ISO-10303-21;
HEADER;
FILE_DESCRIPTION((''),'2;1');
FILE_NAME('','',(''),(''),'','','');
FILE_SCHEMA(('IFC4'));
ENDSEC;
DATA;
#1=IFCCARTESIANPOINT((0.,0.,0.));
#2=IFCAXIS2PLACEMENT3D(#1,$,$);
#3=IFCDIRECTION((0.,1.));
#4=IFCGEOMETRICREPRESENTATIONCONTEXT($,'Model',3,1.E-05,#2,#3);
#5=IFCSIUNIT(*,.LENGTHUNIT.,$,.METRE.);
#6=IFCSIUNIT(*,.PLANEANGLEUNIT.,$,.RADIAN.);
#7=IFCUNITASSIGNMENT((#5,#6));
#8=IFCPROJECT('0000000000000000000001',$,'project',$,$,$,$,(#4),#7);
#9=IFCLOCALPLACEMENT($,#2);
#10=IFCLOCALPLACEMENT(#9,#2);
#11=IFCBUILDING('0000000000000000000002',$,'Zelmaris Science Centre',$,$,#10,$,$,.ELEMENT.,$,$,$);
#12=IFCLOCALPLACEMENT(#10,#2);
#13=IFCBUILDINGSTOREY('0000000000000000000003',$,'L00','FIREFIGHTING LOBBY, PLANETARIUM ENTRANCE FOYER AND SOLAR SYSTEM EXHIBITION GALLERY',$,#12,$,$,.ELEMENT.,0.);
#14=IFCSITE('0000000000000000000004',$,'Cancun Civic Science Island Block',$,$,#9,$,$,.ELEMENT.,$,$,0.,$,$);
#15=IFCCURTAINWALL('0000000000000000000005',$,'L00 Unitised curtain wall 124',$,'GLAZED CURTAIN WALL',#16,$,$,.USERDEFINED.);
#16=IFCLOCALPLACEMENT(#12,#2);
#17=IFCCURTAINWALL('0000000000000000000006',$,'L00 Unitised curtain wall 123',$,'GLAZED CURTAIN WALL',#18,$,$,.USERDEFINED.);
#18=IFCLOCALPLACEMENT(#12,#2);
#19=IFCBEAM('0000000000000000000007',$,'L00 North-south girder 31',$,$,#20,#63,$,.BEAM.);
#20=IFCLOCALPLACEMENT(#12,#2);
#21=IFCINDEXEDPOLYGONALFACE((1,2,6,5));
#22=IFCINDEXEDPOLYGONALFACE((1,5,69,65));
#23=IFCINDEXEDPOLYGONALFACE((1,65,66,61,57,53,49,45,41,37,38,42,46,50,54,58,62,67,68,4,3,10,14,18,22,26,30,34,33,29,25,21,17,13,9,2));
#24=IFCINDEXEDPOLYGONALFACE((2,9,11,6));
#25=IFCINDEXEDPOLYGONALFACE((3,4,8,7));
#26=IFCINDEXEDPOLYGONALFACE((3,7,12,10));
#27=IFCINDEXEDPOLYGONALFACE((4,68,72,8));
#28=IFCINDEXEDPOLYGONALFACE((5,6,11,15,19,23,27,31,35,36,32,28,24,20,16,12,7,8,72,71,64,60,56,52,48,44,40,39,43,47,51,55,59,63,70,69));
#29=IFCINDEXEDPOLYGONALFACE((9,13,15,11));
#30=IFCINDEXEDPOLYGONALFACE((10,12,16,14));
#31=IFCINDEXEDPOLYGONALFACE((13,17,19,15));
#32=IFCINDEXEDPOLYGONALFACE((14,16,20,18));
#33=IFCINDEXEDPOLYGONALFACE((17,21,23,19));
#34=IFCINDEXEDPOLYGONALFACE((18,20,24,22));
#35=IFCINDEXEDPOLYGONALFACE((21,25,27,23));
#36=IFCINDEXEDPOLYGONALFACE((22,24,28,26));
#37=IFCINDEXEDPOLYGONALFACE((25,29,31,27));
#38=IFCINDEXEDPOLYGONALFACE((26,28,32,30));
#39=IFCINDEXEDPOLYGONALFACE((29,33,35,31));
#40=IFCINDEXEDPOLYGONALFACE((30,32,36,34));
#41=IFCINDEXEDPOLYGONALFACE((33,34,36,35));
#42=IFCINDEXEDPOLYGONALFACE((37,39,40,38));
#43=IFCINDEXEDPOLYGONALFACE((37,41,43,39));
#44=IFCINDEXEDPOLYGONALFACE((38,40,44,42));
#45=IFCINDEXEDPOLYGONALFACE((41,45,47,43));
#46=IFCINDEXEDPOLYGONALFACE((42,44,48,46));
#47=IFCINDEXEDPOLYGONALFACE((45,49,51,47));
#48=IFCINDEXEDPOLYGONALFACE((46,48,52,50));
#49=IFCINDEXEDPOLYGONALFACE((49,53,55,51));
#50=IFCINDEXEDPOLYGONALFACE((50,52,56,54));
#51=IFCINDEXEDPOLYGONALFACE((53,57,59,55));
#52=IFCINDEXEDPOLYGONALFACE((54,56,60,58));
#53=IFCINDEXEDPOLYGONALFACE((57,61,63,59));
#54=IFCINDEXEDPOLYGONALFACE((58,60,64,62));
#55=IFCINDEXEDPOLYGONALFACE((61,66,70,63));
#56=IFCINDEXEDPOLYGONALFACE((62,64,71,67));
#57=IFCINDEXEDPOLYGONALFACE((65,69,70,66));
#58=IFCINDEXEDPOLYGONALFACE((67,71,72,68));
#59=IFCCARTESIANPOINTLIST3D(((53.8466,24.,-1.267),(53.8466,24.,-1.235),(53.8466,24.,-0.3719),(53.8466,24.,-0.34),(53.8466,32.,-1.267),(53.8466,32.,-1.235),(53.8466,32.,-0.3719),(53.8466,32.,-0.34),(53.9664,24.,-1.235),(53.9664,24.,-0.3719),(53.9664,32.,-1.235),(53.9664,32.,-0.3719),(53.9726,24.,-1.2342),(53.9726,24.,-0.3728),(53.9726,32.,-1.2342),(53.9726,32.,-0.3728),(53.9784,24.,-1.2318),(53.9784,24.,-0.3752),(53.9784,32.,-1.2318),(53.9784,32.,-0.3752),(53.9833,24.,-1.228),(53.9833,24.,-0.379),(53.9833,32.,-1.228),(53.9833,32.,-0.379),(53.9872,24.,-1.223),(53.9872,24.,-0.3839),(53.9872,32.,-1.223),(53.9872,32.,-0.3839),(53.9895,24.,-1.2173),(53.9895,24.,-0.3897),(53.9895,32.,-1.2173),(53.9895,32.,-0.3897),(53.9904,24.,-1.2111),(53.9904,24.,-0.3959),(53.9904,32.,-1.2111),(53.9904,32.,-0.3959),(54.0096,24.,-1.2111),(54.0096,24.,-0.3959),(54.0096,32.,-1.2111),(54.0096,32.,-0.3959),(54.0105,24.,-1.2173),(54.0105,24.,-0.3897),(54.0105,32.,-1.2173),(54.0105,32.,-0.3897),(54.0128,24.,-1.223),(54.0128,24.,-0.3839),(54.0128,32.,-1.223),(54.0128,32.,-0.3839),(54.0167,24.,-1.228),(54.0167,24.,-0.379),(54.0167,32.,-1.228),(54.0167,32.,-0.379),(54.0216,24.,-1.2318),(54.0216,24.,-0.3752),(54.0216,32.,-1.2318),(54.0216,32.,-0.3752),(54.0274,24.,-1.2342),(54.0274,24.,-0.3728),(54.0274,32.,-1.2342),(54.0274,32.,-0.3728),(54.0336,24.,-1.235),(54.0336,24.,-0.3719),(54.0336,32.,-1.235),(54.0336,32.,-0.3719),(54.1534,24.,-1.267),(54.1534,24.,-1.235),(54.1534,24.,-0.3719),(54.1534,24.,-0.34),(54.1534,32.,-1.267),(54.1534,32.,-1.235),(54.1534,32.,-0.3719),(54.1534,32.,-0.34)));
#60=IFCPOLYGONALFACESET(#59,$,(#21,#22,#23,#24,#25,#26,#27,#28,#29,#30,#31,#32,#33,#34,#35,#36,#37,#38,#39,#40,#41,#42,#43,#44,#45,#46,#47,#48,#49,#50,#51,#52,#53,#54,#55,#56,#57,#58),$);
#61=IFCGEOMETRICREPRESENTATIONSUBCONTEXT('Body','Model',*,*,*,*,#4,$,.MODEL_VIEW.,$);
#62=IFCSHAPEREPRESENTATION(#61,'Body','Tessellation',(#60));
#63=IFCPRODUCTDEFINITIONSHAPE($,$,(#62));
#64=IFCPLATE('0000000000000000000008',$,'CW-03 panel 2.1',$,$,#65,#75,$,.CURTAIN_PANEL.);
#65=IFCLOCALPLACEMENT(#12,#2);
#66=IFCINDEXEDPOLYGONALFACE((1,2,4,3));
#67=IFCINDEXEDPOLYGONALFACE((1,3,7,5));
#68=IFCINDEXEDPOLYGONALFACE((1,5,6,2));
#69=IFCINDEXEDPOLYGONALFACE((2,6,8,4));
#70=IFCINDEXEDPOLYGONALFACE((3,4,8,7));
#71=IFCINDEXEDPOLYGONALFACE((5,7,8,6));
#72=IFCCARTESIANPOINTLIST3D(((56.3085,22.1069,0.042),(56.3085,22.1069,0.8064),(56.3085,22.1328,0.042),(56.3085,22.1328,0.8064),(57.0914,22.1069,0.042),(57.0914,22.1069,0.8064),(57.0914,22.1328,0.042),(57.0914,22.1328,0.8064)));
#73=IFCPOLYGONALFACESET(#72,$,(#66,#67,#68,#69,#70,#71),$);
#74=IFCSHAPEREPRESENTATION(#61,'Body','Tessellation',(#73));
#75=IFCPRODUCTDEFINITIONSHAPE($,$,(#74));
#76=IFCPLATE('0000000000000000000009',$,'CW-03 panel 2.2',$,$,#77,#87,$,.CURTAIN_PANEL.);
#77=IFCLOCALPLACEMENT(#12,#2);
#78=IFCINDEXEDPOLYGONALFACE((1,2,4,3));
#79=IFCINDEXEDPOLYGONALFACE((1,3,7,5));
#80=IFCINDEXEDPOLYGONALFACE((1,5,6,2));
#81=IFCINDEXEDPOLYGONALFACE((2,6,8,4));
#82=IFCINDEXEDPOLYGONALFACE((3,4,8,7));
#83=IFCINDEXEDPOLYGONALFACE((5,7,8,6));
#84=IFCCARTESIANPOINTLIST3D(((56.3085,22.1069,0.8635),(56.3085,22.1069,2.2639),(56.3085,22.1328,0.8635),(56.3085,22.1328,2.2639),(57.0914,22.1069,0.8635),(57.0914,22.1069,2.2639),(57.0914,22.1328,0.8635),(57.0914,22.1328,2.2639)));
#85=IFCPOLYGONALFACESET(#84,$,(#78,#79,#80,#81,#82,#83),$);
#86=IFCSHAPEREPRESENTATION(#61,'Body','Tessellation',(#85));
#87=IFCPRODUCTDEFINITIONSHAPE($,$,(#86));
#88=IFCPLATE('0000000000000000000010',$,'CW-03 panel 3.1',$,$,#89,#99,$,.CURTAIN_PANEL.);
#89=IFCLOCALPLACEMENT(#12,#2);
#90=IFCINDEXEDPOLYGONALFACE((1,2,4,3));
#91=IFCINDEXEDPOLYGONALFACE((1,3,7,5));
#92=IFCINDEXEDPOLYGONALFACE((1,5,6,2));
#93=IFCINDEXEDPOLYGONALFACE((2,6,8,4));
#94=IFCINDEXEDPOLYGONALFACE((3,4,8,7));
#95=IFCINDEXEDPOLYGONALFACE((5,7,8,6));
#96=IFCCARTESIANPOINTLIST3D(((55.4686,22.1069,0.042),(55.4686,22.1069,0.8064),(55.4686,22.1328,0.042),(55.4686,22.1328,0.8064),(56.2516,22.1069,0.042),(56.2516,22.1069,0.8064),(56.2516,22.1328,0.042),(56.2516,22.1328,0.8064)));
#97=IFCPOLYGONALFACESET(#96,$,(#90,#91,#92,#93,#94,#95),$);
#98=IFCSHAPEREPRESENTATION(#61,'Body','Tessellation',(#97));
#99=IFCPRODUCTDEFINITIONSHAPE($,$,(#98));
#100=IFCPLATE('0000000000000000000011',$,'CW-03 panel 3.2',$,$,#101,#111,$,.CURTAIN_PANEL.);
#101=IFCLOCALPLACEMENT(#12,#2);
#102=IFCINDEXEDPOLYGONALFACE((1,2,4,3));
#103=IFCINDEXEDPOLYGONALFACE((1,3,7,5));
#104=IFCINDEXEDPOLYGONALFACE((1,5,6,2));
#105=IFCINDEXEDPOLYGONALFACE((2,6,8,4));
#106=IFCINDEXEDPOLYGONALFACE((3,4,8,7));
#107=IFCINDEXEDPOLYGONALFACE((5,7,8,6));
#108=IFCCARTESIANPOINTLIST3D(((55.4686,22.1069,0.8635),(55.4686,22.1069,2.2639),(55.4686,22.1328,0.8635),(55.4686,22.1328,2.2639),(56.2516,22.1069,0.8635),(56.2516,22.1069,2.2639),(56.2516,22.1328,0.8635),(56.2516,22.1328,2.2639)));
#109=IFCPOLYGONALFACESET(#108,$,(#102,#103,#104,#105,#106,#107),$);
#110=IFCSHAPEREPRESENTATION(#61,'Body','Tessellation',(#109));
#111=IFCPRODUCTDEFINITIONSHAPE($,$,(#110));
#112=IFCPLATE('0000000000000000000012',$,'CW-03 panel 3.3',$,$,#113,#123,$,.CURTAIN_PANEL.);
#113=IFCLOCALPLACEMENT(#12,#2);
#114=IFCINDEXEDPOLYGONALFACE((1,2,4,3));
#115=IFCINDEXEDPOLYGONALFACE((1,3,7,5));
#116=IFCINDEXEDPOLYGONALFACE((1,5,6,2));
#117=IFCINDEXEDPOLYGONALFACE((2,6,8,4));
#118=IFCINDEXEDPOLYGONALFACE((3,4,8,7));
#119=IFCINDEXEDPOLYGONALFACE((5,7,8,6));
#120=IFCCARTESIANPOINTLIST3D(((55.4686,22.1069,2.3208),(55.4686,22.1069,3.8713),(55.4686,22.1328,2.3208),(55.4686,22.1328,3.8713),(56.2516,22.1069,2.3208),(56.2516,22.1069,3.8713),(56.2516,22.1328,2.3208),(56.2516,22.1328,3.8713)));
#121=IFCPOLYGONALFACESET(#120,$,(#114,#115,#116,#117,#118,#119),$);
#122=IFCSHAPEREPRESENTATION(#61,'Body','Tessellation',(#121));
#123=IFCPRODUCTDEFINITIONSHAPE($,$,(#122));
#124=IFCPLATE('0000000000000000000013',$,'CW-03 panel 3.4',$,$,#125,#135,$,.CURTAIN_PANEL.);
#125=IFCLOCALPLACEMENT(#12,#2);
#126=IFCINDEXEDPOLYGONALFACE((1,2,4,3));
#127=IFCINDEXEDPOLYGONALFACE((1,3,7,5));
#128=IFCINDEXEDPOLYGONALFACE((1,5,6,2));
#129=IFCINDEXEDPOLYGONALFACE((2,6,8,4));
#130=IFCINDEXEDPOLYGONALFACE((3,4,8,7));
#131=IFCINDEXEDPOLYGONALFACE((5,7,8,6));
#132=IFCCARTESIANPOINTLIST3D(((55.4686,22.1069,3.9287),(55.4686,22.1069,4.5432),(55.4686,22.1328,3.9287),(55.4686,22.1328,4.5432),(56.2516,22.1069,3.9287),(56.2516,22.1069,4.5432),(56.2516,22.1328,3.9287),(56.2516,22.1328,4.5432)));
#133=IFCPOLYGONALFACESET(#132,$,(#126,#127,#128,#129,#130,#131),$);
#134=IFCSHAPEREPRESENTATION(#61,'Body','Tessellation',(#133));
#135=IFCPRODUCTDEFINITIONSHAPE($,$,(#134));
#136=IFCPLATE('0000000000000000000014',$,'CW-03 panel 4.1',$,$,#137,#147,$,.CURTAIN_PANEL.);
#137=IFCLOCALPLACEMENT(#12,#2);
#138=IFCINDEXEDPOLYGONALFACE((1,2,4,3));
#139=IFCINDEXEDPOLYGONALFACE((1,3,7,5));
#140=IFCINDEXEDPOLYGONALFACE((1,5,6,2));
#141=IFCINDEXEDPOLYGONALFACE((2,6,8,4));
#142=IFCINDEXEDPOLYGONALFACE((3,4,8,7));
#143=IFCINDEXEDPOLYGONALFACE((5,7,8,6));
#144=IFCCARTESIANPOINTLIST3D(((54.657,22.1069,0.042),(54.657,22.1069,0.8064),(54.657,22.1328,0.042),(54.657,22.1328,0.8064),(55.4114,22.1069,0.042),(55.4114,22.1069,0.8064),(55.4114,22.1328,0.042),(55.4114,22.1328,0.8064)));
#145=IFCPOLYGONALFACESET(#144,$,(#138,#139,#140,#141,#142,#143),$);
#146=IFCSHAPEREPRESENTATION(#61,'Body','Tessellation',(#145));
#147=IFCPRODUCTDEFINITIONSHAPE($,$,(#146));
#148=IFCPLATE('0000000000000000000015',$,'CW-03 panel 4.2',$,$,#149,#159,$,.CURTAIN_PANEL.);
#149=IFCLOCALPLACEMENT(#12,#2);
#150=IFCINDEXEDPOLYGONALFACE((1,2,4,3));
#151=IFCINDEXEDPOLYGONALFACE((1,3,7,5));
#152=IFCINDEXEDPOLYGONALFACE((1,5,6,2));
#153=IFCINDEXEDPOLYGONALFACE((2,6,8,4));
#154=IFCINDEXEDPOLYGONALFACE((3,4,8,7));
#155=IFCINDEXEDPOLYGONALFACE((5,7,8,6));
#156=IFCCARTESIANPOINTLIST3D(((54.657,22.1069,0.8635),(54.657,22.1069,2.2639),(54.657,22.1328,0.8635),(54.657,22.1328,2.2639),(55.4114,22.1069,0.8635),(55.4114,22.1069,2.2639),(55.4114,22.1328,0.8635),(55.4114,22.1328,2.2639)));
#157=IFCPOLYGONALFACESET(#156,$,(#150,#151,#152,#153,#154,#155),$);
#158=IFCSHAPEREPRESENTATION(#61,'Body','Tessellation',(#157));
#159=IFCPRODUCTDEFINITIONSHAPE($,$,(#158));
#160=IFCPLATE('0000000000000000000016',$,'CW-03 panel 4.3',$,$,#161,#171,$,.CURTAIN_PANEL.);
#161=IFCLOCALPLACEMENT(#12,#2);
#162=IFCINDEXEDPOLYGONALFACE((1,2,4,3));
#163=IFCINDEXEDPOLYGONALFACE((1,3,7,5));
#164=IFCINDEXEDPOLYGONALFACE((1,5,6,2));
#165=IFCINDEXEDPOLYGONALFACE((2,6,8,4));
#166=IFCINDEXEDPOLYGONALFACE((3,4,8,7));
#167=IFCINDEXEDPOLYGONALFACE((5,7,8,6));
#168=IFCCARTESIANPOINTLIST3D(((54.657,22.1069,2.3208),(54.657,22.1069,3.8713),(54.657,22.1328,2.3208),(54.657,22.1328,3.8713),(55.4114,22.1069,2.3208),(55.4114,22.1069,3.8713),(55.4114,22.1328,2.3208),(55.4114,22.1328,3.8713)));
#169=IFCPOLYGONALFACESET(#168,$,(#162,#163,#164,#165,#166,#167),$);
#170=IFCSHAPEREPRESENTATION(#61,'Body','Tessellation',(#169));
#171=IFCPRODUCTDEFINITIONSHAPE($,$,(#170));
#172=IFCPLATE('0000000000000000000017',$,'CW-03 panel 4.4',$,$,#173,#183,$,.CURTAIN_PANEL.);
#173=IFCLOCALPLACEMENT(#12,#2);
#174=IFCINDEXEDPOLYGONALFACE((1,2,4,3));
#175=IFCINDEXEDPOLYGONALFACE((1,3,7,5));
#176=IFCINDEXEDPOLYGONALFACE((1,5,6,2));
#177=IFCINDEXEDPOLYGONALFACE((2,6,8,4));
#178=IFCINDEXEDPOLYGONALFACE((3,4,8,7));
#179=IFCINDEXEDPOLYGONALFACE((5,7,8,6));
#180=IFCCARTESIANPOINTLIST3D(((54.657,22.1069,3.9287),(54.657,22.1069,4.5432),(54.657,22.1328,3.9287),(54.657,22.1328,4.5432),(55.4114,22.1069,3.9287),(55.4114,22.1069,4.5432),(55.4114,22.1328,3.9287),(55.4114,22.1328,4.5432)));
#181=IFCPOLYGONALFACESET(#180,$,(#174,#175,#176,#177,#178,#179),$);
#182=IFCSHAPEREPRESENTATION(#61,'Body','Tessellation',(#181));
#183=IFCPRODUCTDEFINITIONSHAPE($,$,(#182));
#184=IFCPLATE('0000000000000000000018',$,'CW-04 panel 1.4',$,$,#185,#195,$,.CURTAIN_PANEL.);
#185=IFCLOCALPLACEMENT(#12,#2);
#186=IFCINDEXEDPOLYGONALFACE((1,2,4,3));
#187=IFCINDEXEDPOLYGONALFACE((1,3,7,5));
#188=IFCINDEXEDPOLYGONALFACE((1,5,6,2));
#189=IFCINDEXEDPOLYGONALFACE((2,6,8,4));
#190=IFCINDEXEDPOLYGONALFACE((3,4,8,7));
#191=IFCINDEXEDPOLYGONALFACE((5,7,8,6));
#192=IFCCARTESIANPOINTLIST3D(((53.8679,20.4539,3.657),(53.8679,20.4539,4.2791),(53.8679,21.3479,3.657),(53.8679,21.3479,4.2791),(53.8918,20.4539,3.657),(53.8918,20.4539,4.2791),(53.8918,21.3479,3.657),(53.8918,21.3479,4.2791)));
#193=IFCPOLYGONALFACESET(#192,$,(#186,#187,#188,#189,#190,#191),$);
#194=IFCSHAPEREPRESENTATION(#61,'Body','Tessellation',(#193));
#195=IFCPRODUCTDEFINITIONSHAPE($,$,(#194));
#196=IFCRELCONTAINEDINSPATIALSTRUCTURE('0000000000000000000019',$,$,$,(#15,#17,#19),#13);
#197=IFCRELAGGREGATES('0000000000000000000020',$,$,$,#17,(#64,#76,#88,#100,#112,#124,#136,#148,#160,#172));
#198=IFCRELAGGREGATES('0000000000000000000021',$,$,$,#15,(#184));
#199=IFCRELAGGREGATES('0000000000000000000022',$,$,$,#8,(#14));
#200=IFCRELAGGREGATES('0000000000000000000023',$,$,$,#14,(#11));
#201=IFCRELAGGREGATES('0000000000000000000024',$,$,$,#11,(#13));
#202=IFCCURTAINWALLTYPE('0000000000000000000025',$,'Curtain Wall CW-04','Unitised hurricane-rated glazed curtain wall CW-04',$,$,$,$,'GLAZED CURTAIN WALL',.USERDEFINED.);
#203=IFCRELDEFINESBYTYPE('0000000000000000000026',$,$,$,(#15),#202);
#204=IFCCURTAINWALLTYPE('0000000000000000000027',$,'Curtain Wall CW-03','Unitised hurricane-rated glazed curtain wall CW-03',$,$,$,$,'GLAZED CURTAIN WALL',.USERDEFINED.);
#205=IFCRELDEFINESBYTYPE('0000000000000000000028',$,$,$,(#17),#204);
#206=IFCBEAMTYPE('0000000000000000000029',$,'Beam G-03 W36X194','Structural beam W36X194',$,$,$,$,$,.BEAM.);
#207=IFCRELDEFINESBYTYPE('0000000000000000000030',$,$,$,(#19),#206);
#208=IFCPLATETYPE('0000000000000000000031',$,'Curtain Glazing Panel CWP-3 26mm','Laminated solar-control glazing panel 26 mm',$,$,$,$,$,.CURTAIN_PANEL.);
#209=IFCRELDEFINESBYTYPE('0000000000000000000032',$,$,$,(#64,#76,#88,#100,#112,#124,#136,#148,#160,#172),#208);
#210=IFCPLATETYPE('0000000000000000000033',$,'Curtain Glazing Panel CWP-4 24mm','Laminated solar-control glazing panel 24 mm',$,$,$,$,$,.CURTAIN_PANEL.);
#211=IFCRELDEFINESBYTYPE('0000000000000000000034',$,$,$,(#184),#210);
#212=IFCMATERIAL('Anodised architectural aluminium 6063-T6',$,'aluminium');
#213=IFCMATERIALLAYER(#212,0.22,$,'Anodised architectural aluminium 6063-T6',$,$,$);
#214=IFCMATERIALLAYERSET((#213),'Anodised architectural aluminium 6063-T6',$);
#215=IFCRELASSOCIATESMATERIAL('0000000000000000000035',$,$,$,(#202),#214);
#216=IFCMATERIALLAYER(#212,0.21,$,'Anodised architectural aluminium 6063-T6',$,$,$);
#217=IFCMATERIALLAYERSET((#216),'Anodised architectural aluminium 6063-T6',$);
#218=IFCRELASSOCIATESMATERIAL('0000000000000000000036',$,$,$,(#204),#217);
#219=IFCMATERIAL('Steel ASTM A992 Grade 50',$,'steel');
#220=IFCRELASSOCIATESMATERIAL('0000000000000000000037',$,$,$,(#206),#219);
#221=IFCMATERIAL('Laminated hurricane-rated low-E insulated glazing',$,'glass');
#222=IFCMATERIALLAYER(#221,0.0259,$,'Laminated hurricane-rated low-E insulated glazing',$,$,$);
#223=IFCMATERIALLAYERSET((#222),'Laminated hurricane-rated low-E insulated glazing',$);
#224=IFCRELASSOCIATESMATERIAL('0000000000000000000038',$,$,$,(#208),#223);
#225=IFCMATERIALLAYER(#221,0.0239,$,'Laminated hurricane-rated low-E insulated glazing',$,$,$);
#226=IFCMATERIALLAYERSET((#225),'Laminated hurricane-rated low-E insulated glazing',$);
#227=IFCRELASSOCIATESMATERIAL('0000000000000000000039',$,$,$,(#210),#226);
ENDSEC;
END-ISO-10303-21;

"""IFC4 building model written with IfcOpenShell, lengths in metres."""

from ifc_helpers import new_model, si_unit, direction, frame, origin, origin_2d, place, context, subcontext, project, spatial, rectangle, i_section, extrude, material, layer, layer_set, material_profile, profile_set, type_object, element, aggregate, save


model = new_model("IFC4")

# Units and contexts
model_context = context("Model", 3, precision=1e-05, world=origin(), true_north=direction((0.0, 1.0)))
body_context = subcontext(model_context, "Body", "Model", "MODEL_VIEW")
ifc_project = project(units=[si_unit("LENGTHUNIT", "METRE"), si_unit("PLANEANGLEUNIT", "RADIAN")], contexts=[model_context])

# Site, building, storey
site_placement = place(None, origin())
site = spatial("IfcSite", under=ifc_project, at=site_placement, Name="Cancun Civic Science Island Block", CompositionType="ELEMENT", RefElevation=0.0)
building_placement = place(site_placement, origin())
building = spatial("IfcBuilding", under=site, at=building_placement, Name="Zelmaris Science Centre", CompositionType="ELEMENT")
storey_placement = place(building_placement, origin())
storey = spatial("IfcBuildingStorey", under=building, at=storey_placement, Name="L00", Description="FIREFIGHTING LOBBY, PLANETARIUM ENTRANCE FOYER AND SOLAR SYSTEM EXHIBITION GALLERY", CompositionType="ELEMENT", Elevation=0.0)

# Shared definitions
ifc_material_1 = material(Name="Steel ASTM A992 Grade 50", Category="steel")

# Curtain wall
ifc_material_2 = material(Name="Anodised architectural aluminium 6063-T6", Category="aluminium")
ifc_layer_1 = layer(ifc_material_2, 0.22, Name="Anodised architectural aluminium 6063-T6")
ifc_layer_set_1 = layer_set([ifc_layer_1], Name="Anodised architectural aluminium 6063-T6")
curtain_wall_type_1 = type_object("IfcCurtainWallType", Name="Curtain Wall CW-04", Description="Unitised hurricane-rated glazed curtain wall CW-04", ElementType="GLAZED CURTAIN WALL", PredefinedType="USERDEFINED", material=ifc_layer_set_1)
curtain_wall_1_placement = place(storey_placement, origin())
curtain_wall_1 = element("IfcCurtainWall", 1, at=curtain_wall_1_placement, inside=storey, type_object=curtain_wall_type_1, Name="L00 Unitised curtain wall 124", ObjectType="GLAZED CURTAIN WALL", PredefinedType="USERDEFINED")

# Curtain wall
ifc_layer_2 = layer(ifc_material_2, 0.21, Name="Anodised architectural aluminium 6063-T6")
ifc_layer_set_2 = layer_set([ifc_layer_2], Name="Anodised architectural aluminium 6063-T6")
curtain_wall_type_2 = type_object("IfcCurtainWallType", Name="Curtain Wall CW-03", Description="Unitised hurricane-rated glazed curtain wall CW-03", ElementType="GLAZED CURTAIN WALL", PredefinedType="USERDEFINED", material=ifc_layer_set_2)
curtain_wall_2_placement = place(storey_placement, origin())
curtain_wall_2 = element("IfcCurtainWall", 2, at=curtain_wall_2_placement, inside=storey, type_object=curtain_wall_type_2, Name="L00 Unitised curtain wall 123", ObjectType="GLAZED CURTAIN WALL", PredefinedType="USERDEFINED")

# Beam
ifc_material_profile_1 = material_profile(ifc_material_1, i_section(OverallWidth=0.3069, OverallDepth=0.927, WebThickness=0.0193, FlangeThickness=0.032, FilletRadius=0.0239, at=origin_2d()), Name="W36X194")
ifc_profile_set_1 = profile_set([ifc_material_profile_1], Name="Steel ASTM A992 Grade 50")
beam_type = type_object("IfcBeamType", Name="Beam G-03 W36X194", Description="Structural beam W36X194", PredefinedType="BEAM", material=ifc_profile_set_1)
beam_placement = place(storey_placement, frame((54.0, 24.0, -0.8035), z_axis=(0.0, 1.0, 0.0), x_axis=(-1.0, 0.0, 0.0)))
element("IfcBeam", 3, at=beam_placement, inside=storey, type_object=beam_type, Name="L00 North-south girder 31", PredefinedType="BEAM", context=body_context, shape_type="SweptSolid", body=[
    extrude(i_section(OverallWidth=0.3069, OverallDepth=0.927, WebThickness=0.0193, FlangeThickness=0.032, FilletRadius=0.0239, at=origin_2d()), origin(), (0.0, 0.0, 1.0), 8.0),
])

# Plates
ifc_material_3 = material(Name="Laminated hurricane-rated low-E insulated glazing", Category="glass")
ifc_layer_3 = layer(ifc_material_3, 0.0259, Name="Laminated hurricane-rated low-E insulated glazing")
ifc_layer_set_3 = layer_set([ifc_layer_3], Name="Laminated hurricane-rated low-E insulated glazing")
plate_type_1 = type_object("IfcPlateType", Name="Curtain Glazing Panel CWP-3 26mm", Description="Laminated solar-control glazing panel 26 mm", PredefinedType="CURTAIN_PANEL", material=ifc_layer_set_3)
plate_1_placement = place(storey_placement, frame((56.7, 22.1199, 0.042), z_axis=(0.0, 0.0, 1.0), x_axis=(-1.0, 0.00003, 0.0)))
plate_1 = element("IfcPlate", 4, at=plate_1_placement, type_object=plate_type_1, Name="CW-03 panel 2.1", PredefinedType="CURTAIN_PANEL", context=body_context, shape_type="SweptSolid", body=[
    extrude(rectangle(XDim=0.783, YDim=0.0259, at=origin_2d()), origin(), (0.0, 0.0, 1.0), 0.7644),
])
plate_2_placement = place(storey_placement, frame((56.7, 22.1199, 0.8635), z_axis=(0.0, 0.0, 1.0), x_axis=(-1.0, 0.00003, 0.0)))
plate_2 = element("IfcPlate", 5, at=plate_2_placement, type_object=plate_type_1, Name="CW-03 panel 2.2", PredefinedType="CURTAIN_PANEL", context=body_context, shape_type="SweptSolid", body=[
    extrude(rectangle(XDim=0.783, YDim=0.0259, at=origin_2d()), origin(), (0.0, 0.0, 1.0), 1.4004),
])
plate_3_placement = place(storey_placement, frame((55.8601, 22.1199, 0.042), z_axis=(0.0, 0.0, 1.0), x_axis=(-1.0, 0.00003, 0.0)))
plate_3 = element("IfcPlate", 6, at=plate_3_placement, type_object=plate_type_1, Name="CW-03 panel 3.1", PredefinedType="CURTAIN_PANEL", context=body_context, shape_type="SweptSolid", body=[
    extrude(rectangle(XDim=0.783, YDim=0.0259, at=origin_2d()), origin(), (0.0, 0.0, 1.0), 0.7644),
])
plate_4_placement = place(storey_placement, frame((55.8601, 22.1199, 0.8635), z_axis=(0.0, 0.0, 1.0), x_axis=(-1.0, 0.00003, 0.0)))
plate_4 = element("IfcPlate", 7, at=plate_4_placement, type_object=plate_type_1, Name="CW-03 panel 3.2", PredefinedType="CURTAIN_PANEL", context=body_context, shape_type="SweptSolid", body=[
    extrude(rectangle(XDim=0.783, YDim=0.0259, at=origin_2d()), origin(), (0.0, 0.0, 1.0), 1.4004),
])
plate_5_placement = place(storey_placement, frame((55.8601, 22.1199, 2.3208), z_axis=(0.0, 0.0, 1.0), x_axis=(-1.0, 0.00003, 0.0)))
plate_5 = element("IfcPlate", 8, at=plate_5_placement, type_object=plate_type_1, Name="CW-03 panel 3.3", PredefinedType="CURTAIN_PANEL", context=body_context, shape_type="SweptSolid", body=[
    extrude(rectangle(XDim=0.783, YDim=0.0259, at=origin_2d()), origin(), (0.0, 0.0, 1.0), 1.5505),
])
plate_6_placement = place(storey_placement, frame((55.8601, 22.1199, 3.9287), z_axis=(0.0, 0.0, 1.0), x_axis=(-1.0, 0.00003, 0.0)))
plate_6 = element("IfcPlate", 9, at=plate_6_placement, type_object=plate_type_1, Name="CW-03 panel 3.4", PredefinedType="CURTAIN_PANEL", context=body_context, shape_type="SweptSolid", body=[
    extrude(rectangle(XDim=0.783, YDim=0.0259, at=origin_2d()), origin(), (0.0, 0.0, 1.0), 0.6145),
])
plate_7_placement = place(storey_placement, frame((55.0342, 22.1199, 0.042), z_axis=(0.0, 0.0, 1.0), x_axis=(-1.0, 0.00003, 0.0)))
plate_7 = element("IfcPlate", 10, at=plate_7_placement, type_object=plate_type_1, Name="CW-03 panel 4.1", PredefinedType="CURTAIN_PANEL", context=body_context, shape_type="SweptSolid", body=[
    extrude(rectangle(XDim=0.7544, YDim=0.0259, at=origin_2d()), origin(), (0.0, 0.0, 1.0), 0.7644),
])
plate_8_placement = place(storey_placement, frame((55.0342, 22.1199, 0.8635), z_axis=(0.0, 0.0, 1.0), x_axis=(-1.0, 0.00003, 0.0)))
plate_8 = element("IfcPlate", 11, at=plate_8_placement, type_object=plate_type_1, Name="CW-03 panel 4.2", PredefinedType="CURTAIN_PANEL", context=body_context, shape_type="SweptSolid", body=[
    extrude(rectangle(XDim=0.7544, YDim=0.0259, at=origin_2d()), origin(), (0.0, 0.0, 1.0), 1.4004),
])
plate_9_placement = place(storey_placement, frame((55.0342, 22.1199, 2.3208), z_axis=(0.0, 0.0, 1.0), x_axis=(-1.0, 0.00003, 0.0)))
plate_9 = element("IfcPlate", 12, at=plate_9_placement, type_object=plate_type_1, Name="CW-03 panel 4.3", PredefinedType="CURTAIN_PANEL", context=body_context, shape_type="SweptSolid", body=[
    extrude(rectangle(XDim=0.7544, YDim=0.0259, at=origin_2d()), origin(), (0.0, 0.0, 1.0), 1.5505),
])
plate_10_placement = place(storey_placement, frame((55.0342, 22.1199, 3.9287), z_axis=(0.0, 0.0, 1.0), x_axis=(-1.0, 0.00003, 0.0)))
plate_10 = element("IfcPlate", 13, at=plate_10_placement, type_object=plate_type_1, Name="CW-03 panel 4.4", PredefinedType="CURTAIN_PANEL", context=body_context, shape_type="SweptSolid", body=[
    extrude(rectangle(XDim=0.7544, YDim=0.0259, at=origin_2d()), origin(), (0.0, 0.0, 1.0), 0.6145),
])
aggregate(curtain_wall_2, [plate_1, plate_2, plate_3, plate_4, plate_5, plate_6, plate_7, plate_8, plate_9, plate_10])
ifc_layer_4 = layer(ifc_material_3, 0.0239, Name="Laminated hurricane-rated low-E insulated glazing")
ifc_layer_set_4 = layer_set([ifc_layer_4], Name="Laminated hurricane-rated low-E insulated glazing")
plate_type_2 = type_object("IfcPlateType", Name="Curtain Glazing Panel CWP-4 24mm", Description="Laminated solar-control glazing panel 24 mm", PredefinedType="CURTAIN_PANEL", material=ifc_layer_set_4)
plate_11_placement = place(storey_placement, frame((53.8799, 20.9009, 3.657), z_axis=(0.0, 0.0, 1.0), x_axis=(0.0, -1.0, 0.0)))
plate_11 = element("IfcPlate", 14, at=plate_11_placement, type_object=plate_type_2, Name="CW-04 panel 1.4", PredefinedType="CURTAIN_PANEL", context=body_context, shape_type="SweptSolid", body=[
    extrude(rectangle(XDim=0.894, YDim=0.0239, at=origin_2d()), origin(), (0.0, 0.0, 1.0), 0.6221),
])
aggregate(curtain_wall_1, [plate_11])

save(model, "model.ifc")
